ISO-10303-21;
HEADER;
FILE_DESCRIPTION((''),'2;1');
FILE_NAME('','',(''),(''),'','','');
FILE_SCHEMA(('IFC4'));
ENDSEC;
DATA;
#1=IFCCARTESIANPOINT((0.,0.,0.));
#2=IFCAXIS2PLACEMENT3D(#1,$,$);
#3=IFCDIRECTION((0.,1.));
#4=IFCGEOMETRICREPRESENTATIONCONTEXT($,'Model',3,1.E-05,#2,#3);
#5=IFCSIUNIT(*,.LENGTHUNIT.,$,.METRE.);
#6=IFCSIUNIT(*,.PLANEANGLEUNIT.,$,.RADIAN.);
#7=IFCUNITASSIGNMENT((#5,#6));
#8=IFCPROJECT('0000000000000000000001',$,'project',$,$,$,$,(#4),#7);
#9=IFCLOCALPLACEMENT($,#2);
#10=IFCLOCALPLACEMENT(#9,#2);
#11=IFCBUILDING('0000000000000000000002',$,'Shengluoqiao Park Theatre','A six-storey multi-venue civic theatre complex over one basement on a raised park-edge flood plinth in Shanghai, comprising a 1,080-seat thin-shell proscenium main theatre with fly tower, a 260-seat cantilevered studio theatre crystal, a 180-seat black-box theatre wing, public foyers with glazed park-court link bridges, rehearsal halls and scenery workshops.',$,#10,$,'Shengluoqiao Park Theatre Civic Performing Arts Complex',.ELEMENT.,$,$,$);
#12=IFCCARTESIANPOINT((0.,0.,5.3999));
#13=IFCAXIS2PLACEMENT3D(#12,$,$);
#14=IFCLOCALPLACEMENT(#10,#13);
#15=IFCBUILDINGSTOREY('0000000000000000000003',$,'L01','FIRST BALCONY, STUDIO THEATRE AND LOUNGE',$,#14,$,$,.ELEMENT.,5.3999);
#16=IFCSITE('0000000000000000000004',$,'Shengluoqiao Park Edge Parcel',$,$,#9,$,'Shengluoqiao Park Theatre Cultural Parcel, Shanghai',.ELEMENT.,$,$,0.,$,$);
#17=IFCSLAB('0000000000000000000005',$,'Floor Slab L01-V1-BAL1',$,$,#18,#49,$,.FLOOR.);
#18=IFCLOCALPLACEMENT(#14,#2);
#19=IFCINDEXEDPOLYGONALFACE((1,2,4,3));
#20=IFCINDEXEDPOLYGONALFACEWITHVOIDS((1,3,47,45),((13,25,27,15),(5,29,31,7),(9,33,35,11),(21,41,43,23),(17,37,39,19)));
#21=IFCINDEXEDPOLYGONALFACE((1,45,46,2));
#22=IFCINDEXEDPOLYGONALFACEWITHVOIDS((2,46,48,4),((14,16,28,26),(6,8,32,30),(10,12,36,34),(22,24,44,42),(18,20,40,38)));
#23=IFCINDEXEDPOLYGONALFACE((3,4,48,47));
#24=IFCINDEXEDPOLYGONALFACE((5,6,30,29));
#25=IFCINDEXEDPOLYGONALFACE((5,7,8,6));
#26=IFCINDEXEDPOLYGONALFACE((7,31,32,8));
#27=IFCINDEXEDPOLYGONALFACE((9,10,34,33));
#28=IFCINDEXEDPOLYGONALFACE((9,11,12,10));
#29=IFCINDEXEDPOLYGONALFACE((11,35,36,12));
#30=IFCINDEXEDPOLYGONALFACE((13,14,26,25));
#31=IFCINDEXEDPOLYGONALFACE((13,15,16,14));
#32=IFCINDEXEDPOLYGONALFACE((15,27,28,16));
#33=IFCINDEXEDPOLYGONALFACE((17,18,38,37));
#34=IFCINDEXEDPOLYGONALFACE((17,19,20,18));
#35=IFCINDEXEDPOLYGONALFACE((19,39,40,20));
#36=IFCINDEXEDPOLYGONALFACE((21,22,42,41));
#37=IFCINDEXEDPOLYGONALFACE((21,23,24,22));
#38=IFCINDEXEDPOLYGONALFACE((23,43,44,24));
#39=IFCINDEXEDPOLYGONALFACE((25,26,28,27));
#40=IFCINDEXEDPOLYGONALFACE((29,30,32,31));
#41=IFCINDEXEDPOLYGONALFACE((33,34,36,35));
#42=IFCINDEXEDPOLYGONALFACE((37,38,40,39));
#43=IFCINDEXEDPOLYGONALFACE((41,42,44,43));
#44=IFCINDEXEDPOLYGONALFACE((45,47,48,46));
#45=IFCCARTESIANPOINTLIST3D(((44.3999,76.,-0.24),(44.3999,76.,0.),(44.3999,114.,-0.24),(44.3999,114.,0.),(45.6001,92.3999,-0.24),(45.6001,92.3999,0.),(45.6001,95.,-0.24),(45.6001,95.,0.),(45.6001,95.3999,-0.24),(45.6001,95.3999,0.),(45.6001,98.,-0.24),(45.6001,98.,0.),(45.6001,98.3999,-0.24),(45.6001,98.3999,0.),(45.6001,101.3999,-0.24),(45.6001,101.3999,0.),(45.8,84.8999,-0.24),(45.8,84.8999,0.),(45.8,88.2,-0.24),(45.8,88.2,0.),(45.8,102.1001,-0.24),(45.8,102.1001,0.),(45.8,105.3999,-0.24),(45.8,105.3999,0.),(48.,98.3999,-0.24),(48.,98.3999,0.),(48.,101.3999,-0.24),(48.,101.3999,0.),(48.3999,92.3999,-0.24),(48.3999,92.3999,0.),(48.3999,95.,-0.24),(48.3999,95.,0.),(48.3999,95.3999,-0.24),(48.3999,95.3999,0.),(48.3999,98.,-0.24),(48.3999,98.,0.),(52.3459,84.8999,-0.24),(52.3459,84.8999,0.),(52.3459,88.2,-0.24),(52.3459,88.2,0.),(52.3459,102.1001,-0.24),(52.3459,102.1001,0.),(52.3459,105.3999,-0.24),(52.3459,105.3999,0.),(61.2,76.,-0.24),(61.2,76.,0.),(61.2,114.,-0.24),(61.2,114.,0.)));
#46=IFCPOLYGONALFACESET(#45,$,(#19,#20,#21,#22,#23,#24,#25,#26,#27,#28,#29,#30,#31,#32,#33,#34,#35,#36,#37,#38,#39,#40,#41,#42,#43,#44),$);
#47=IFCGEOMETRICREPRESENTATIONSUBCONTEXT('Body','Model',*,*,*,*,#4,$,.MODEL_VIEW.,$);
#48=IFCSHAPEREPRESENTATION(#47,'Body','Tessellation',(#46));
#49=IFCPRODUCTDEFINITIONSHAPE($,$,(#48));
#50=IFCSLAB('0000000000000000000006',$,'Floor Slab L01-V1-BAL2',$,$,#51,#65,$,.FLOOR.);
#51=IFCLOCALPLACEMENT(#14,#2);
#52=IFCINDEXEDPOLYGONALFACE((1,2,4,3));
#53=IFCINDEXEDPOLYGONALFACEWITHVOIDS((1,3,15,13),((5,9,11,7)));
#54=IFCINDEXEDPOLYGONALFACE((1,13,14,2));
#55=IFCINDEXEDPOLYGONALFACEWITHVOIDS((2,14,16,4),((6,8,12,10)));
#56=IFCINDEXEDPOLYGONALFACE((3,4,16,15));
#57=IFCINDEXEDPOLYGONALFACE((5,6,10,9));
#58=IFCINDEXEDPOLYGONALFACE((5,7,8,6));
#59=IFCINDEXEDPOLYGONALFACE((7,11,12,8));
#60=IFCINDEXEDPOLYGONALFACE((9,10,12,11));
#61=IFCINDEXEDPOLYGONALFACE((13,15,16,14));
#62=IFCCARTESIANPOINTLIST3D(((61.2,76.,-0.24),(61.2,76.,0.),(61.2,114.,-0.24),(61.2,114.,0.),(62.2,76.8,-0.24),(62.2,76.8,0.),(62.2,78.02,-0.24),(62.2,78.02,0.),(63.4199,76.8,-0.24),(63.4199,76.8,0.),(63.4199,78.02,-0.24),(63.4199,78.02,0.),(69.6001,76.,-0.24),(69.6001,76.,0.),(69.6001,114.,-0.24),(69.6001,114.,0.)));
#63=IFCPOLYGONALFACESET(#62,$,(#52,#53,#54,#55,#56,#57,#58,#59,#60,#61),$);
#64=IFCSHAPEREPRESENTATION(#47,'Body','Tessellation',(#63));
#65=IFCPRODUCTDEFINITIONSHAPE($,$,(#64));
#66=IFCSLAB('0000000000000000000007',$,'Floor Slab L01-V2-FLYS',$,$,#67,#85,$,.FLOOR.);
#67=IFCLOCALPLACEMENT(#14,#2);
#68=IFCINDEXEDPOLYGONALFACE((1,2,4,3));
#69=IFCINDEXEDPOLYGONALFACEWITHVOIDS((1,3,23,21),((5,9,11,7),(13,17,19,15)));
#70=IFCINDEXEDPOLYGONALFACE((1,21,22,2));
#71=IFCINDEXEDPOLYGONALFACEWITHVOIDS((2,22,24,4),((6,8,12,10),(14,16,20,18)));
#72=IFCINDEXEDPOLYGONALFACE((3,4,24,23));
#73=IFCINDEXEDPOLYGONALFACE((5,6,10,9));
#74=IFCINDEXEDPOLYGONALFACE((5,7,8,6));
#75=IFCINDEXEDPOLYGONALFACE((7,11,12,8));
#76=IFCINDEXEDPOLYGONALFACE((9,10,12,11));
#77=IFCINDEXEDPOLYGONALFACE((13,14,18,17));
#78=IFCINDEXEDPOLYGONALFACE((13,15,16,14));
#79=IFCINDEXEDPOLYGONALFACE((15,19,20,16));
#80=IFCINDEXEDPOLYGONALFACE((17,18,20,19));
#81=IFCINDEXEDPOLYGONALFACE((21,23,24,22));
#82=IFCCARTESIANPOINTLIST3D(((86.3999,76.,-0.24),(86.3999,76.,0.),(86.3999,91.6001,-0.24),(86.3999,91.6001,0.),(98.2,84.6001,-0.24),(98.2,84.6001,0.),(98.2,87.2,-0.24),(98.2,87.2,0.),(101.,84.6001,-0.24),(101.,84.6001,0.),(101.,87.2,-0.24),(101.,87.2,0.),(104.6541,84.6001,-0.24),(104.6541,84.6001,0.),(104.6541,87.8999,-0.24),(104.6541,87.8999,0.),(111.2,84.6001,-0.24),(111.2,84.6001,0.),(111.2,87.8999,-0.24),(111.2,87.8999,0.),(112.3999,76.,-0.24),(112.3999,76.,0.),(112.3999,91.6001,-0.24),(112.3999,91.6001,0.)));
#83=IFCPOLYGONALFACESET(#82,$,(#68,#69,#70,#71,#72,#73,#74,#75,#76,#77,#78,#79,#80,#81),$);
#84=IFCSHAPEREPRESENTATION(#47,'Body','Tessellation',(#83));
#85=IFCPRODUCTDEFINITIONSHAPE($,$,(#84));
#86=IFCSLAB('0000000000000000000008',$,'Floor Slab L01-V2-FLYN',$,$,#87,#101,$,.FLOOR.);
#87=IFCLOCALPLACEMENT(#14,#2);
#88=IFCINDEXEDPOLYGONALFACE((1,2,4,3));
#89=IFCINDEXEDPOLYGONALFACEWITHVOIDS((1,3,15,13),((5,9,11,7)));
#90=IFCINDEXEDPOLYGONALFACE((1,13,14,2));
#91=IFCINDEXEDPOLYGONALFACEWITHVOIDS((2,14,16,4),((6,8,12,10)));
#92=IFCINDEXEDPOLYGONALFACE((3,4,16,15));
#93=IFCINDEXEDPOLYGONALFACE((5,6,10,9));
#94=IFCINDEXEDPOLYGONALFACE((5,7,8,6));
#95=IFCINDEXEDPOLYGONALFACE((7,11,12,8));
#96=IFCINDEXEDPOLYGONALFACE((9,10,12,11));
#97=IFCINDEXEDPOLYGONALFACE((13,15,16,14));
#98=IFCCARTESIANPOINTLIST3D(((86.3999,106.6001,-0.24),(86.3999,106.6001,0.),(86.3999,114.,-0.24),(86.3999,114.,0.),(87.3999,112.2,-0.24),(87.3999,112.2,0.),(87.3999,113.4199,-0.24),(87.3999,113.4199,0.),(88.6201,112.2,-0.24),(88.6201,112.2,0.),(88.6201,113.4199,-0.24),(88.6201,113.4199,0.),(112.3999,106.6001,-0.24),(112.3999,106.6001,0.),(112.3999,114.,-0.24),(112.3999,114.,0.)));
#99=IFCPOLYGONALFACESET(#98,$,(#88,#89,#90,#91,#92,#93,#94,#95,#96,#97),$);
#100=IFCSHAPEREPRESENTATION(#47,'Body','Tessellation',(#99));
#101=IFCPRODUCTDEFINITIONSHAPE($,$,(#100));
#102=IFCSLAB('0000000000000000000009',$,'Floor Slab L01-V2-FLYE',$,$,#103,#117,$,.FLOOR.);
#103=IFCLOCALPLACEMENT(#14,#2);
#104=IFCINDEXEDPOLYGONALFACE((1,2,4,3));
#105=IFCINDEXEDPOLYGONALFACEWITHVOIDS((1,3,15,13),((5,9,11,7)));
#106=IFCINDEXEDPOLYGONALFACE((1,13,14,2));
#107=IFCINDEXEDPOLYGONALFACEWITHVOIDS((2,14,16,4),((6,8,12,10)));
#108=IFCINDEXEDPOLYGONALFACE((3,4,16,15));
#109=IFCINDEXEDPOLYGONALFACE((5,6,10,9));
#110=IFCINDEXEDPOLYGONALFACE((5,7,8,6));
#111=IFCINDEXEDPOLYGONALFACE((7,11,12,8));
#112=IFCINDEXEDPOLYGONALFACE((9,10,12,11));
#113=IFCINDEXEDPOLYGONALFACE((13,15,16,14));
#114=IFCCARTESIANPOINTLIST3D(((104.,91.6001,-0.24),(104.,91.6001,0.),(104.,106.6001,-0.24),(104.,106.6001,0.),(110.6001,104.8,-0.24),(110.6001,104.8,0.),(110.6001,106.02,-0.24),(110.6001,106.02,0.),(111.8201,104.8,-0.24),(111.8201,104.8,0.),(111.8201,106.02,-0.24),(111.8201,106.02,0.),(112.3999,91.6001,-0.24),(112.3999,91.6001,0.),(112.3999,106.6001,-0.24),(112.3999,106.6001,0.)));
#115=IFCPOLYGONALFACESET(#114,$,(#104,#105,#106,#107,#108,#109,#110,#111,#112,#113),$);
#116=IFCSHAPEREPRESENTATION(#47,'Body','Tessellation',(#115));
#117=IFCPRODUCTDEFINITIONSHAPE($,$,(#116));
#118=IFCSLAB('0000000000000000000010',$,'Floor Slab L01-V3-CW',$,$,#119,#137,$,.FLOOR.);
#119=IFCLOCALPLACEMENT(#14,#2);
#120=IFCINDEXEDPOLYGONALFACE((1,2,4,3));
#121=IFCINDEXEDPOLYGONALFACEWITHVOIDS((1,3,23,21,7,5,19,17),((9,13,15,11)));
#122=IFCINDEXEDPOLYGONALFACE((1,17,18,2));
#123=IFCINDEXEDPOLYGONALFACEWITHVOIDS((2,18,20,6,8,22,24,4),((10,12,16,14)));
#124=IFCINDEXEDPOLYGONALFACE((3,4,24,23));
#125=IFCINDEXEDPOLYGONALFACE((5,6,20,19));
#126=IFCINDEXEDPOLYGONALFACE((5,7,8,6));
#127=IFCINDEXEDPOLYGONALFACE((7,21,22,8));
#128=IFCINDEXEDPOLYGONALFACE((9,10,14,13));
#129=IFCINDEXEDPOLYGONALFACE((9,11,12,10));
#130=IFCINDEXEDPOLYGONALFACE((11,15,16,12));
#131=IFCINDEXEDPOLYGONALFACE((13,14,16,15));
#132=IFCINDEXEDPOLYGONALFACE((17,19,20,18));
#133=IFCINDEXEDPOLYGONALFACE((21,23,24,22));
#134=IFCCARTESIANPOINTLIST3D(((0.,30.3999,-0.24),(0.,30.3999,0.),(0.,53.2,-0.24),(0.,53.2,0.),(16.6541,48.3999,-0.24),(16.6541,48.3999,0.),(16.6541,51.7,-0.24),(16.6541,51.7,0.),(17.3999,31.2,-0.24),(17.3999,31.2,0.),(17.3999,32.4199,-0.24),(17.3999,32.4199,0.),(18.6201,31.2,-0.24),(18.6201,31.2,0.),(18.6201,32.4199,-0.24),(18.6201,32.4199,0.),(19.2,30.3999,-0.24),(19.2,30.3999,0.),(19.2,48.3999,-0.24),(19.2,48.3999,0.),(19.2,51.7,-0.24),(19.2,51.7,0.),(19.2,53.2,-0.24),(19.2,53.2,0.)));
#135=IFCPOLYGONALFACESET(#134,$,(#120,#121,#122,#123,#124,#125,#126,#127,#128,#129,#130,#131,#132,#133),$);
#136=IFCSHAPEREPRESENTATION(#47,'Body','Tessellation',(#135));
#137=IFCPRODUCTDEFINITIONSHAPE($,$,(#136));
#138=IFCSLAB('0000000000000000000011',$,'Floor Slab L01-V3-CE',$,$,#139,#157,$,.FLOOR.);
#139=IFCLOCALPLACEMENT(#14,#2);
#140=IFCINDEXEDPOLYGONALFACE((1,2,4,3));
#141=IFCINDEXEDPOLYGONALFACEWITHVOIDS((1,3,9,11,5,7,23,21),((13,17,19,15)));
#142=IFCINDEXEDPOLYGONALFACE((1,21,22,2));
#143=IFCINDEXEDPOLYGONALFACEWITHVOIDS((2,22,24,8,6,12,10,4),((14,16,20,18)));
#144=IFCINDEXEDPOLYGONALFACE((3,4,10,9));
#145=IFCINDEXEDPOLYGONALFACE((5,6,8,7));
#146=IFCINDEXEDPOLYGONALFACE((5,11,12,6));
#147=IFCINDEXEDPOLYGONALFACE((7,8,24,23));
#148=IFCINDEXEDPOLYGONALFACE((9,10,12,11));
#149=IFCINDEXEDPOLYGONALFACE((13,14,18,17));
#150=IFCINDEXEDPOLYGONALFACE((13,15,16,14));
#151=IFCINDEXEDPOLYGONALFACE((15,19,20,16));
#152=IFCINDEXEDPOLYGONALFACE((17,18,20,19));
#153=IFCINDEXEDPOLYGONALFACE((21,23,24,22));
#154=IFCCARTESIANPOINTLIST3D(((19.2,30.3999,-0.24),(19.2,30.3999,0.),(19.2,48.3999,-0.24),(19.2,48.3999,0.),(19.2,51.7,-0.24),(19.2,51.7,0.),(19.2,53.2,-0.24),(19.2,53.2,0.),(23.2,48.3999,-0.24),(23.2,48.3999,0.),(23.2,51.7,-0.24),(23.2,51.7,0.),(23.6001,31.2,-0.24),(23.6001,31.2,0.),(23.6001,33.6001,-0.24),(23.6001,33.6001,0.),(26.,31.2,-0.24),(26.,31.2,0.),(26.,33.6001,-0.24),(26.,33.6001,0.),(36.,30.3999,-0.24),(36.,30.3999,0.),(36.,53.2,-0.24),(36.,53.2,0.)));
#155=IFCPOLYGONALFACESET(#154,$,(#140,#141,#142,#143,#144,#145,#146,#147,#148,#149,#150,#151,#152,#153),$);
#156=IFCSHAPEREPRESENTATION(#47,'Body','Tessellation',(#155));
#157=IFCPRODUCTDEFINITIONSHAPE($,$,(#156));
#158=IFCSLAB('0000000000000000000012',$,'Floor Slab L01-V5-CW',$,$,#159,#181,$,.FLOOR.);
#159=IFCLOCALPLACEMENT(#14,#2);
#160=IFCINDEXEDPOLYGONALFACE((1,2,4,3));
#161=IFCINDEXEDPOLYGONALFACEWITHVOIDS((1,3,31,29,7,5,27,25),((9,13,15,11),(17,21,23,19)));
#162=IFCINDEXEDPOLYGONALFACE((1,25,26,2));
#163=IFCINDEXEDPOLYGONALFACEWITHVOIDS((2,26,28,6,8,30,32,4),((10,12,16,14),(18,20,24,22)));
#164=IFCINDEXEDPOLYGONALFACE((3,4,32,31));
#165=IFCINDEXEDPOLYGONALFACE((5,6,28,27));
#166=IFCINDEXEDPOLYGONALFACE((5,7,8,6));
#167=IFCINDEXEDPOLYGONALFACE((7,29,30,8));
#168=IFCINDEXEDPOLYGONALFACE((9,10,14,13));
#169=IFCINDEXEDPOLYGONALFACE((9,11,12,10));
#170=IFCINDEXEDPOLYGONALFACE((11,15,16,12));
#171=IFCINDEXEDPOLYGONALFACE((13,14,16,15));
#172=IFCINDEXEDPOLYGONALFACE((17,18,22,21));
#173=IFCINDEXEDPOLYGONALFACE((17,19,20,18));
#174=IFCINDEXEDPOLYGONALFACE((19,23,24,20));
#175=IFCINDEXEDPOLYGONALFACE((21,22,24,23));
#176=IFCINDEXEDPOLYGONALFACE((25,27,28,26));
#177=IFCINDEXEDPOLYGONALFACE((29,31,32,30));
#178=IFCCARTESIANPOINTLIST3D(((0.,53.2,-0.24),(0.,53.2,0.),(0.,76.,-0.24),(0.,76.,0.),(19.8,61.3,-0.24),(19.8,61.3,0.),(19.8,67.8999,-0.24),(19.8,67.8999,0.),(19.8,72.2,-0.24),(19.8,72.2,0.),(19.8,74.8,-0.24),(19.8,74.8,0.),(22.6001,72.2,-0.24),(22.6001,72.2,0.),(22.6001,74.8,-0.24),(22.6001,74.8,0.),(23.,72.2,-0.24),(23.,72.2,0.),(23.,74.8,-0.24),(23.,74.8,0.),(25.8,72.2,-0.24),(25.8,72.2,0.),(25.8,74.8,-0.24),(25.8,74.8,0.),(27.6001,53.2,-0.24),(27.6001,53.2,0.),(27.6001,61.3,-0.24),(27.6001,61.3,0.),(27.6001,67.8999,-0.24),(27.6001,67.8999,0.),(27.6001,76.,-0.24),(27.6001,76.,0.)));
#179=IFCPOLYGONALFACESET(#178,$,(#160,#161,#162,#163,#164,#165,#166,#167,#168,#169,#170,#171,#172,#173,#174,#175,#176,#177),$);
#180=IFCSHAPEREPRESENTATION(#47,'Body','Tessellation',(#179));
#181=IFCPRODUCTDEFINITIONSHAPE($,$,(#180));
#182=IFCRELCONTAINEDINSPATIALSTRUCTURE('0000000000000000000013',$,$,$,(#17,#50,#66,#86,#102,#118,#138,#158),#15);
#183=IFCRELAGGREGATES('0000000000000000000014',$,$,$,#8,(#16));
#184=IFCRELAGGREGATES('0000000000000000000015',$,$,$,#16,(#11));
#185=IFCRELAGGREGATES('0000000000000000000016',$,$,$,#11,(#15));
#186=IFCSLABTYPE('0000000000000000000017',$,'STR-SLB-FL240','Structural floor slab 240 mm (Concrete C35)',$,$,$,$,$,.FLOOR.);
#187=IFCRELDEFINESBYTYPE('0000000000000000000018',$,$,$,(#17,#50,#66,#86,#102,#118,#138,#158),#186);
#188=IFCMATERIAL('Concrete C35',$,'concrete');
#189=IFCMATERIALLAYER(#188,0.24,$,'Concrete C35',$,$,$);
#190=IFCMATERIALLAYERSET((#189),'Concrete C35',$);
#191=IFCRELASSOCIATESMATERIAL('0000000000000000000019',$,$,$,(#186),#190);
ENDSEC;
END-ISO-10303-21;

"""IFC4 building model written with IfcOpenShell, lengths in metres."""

from ifc_helpers import new_model, si_unit, direction, frame, origin, place, context, subcontext, project, spatial, polyline, outline, extrude, material, layer, layer_set, type_object, element, save


model = new_model("IFC4")

# Units and contexts
model_context = context("Model", 3, precision=1e-05, world=origin(), true_north=direction((0.0, 1.0)))
body_context = subcontext(model_context, "Body", "Model", "MODEL_VIEW")
ifc_project = project(units=[si_unit("LENGTHUNIT", "METRE"), si_unit("PLANEANGLEUNIT", "RADIAN")], contexts=[model_context])

# Site, building, storey
site_placement = place(None, origin())
site = spatial("IfcSite", under=ifc_project, at=site_placement, Name="Shengluoqiao Park Edge Parcel", LongName="Shengluoqiao Park Theatre Cultural Parcel, Shanghai", CompositionType="ELEMENT", RefElevation=0.0)
building_placement = place(site_placement, origin())
building = spatial("IfcBuilding", under=site, at=building_placement, Name="Shengluoqiao Park Theatre", Description="A six-storey multi-venue civic theatre complex over one basement on a raised park-edge flood plinth in Shanghai, comprising a 1,080-seat thin-shell proscenium main theatre with fly tower, a 260-seat cantilevered studio theatre crystal, a 180-seat black-box theatre wing, public foyers with glazed park-court link bridges, rehearsal halls and scenery workshops.", LongName="Shengluoqiao Park Theatre Civic Performing Arts Complex", CompositionType="ELEMENT")
storey_placement = place(building_placement, frame((0.0, 0.0, 5.3999)))
storey = spatial("IfcBuildingStorey", under=building, at=storey_placement, Name="L01", Description="FIRST BALCONY, STUDIO THEATRE AND LOUNGE", CompositionType="ELEMENT", Elevation=5.3999)

# Slabs
ifc_material_1 = material(Name="Concrete C35", Category="concrete")
ifc_layer_1 = layer(ifc_material_1, 0.24, Name="Concrete C35")
ifc_layer_set_1 = layer_set([ifc_layer_1], Name="Concrete C35")
slab_type_1 = type_object("IfcSlabType", Name="STR-SLB-FL240", Description="Structural floor slab 240 mm (Concrete C35)", PredefinedType="FLOOR", material=ifc_layer_set_1)
slab_1_placement = place(storey_placement, frame((0.0, 0.0, -0.24)))
element("IfcSlab", 1, at=slab_1_placement, inside=storey, type_object=slab_type_1, Name="Floor Slab L01-V1-BAL1", PredefinedType="FLOOR", context=body_context, shape_type="SweptSolid", body=[
    extrude(outline(polyline([(44.3999, 76.0), (44.3999, 114.0), (61.2, 114.0), (61.2, 76.0), (44.3999, 76.0)]), holes=[polyline([(52.3459, 88.2), (45.8, 88.2), (45.8, 84.8999), (52.3459, 84.8999), (52.3459, 88.2)]), polyline([(48.3999, 92.3999), (48.3999, 95.0), (45.6001, 95.0), (45.6001, 92.3999), (48.3999, 92.3999)]), polyline([(48.3999, 95.3999), (48.3999, 98.0), (45.6001, 98.0), (45.6001, 95.3999), (48.3999, 95.3999)]), polyline([(45.6001, 98.3999), (48.0, 98.3999), (48.0, 101.3999), (45.6001, 101.3999), (45.6001, 98.3999)]), polyline([(52.3459, 102.1001), (52.3459, 105.3999), (45.8, 105.3999), (45.8, 102.1001), (52.3459, 102.1001)])]), origin(), (0.0, 0.0, 1.0), 0.24),
])
slab_2_placement = place(storey_placement, frame((0.0, 0.0, -0.24)))
element("IfcSlab", 2, at=slab_2_placement, inside=storey, type_object=slab_type_1, Name="Floor Slab L01-V1-BAL2", PredefinedType="FLOOR", context=body_context, shape_type="SweptSolid", body=[
    extrude(outline(polyline([(61.2, 76.0), (61.2, 114.0), (69.6001, 114.0), (69.6001, 76.0), (61.2, 76.0)]), holes=[polyline([(62.2, 76.8), (63.4199, 76.8), (63.4199, 78.02), (62.2, 78.02), (62.2, 76.8)])]), origin(), (0.0, 0.0, 1.0), 0.24),
])
slab_3_placement = place(storey_placement, frame((0.0, 0.0, -0.24)))
element("IfcSlab", 3, at=slab_3_placement, inside=storey, type_object=slab_type_1, Name="Floor Slab L01-V2-FLYS", PredefinedType="FLOOR", context=body_context, shape_type="SweptSolid", body=[
    extrude(outline(polyline([(86.3999, 76.0), (86.3999, 91.6001), (112.3999, 91.6001), (112.3999, 76.0), (86.3999, 76.0)]), holes=[polyline([(98.2, 84.6001), (101.0, 84.6001), (101.0, 87.2), (98.2, 87.2), (98.2, 84.6001)]), polyline([(104.6541, 84.6001), (111.2, 84.6001), (111.2, 87.8999), (104.6541, 87.8999), (104.6541, 84.6001)])]), origin(), (0.0, 0.0, 1.0), 0.24),
])
slab_4_placement = place(storey_placement, frame((0.0, 0.0, -0.24)))
element("IfcSlab", 4, at=slab_4_placement, inside=storey, type_object=slab_type_1, Name="Floor Slab L01-V2-FLYN", PredefinedType="FLOOR", context=body_context, shape_type="SweptSolid", body=[
    extrude(outline(polyline([(86.3999, 106.6001), (86.3999, 114.0), (112.3999, 114.0), (112.3999, 106.6001), (86.3999, 106.6001)]), holes=[polyline([(87.3999, 112.2), (88.6201, 112.2), (88.6201, 113.4199), (87.3999, 113.4199), (87.3999, 112.2)])]), origin(), (0.0, 0.0, 1.0), 0.24),
])
slab_5_placement = place(storey_placement, frame((0.0, 0.0, -0.24)))
element("IfcSlab", 5, at=slab_5_placement, inside=storey, type_object=slab_type_1, Name="Floor Slab L01-V2-FLYE", PredefinedType="FLOOR", context=body_context, shape_type="SweptSolid", body=[
    extrude(outline(polyline([(104.0, 91.6001), (104.0, 106.6001), (112.3999, 106.6001), (112.3999, 91.6001), (104.0, 91.6001)]), holes=[polyline([(111.8201, 104.8), (111.8201, 106.02), (110.6001, 106.02), (110.6001, 104.8), (111.8201, 104.8)])]), origin(), (0.0, 0.0, 1.0), 0.24),
])
slab_6_placement = place(storey_placement, frame((0.0, 0.0, -0.24)))
element("IfcSlab", 6, at=slab_6_placement, inside=storey, type_object=slab_type_1, Name="Floor Slab L01-V3-CW", PredefinedType="FLOOR", context=body_context, shape_type="SweptSolid", body=[
    extrude(outline(polyline([(19.2, 30.3999), (0.0, 30.3999), (0.0, 53.2), (19.2, 53.2), (19.2, 51.7), (16.6541, 51.7), (16.6541, 48.3999), (19.2, 48.3999), (19.2, 30.3999)]), holes=[polyline([(18.6201, 31.2), (18.6201, 32.4199), (17.3999, 32.4199), (17.3999, 31.2), (18.6201, 31.2)])]), origin(), (0.0, 0.0, 1.0), 0.24),
])
slab_7_placement = place(storey_placement, frame((0.0, 0.0, -0.24)))
element("IfcSlab", 7, at=slab_7_placement, inside=storey, type_object=slab_type_1, Name="Floor Slab L01-V3-CE", PredefinedType="FLOOR", context=body_context, shape_type="SweptSolid", body=[
    extrude(outline(polyline([(19.2, 53.2), (36.0, 53.2), (36.0, 30.3999), (19.2, 30.3999), (19.2, 48.3999), (23.2, 48.3999), (23.2, 51.7), (19.2, 51.7), (19.2, 53.2)]), holes=[polyline([(26.0, 31.2), (26.0, 33.6001), (23.6001, 33.6001), (23.6001, 31.2), (26.0, 31.2)])]), origin(), (0.0, 0.0, 1.0), 0.24),
])
slab_8_placement = place(storey_placement, frame((0.0, 0.0, -0.24)))
element("IfcSlab", 8, at=slab_8_placement, inside=storey, type_object=slab_type_1, Name="Floor Slab L01-V5-CW", PredefinedType="FLOOR", context=body_context, shape_type="SweptSolid", body=[
    extrude(outline(polyline([(27.6001, 53.2), (0.0, 53.2), (0.0, 76.0), (27.6001, 76.0), (27.6001, 67.8999), (19.8, 67.8999), (19.8, 61.3), (27.6001, 61.3), (27.6001, 53.2)]), holes=[polyline([(25.8, 72.2), (25.8, 74.8), (23.0, 74.8), (23.0, 72.2), (25.8, 72.2)]), polyline([(19.8, 72.2), (22.6001, 72.2), (22.6001, 74.8), (19.8, 74.8), (19.8, 72.2)])]), origin(), (0.0, 0.0, 1.0), 0.24),
])

save(model, "model.ifc")
